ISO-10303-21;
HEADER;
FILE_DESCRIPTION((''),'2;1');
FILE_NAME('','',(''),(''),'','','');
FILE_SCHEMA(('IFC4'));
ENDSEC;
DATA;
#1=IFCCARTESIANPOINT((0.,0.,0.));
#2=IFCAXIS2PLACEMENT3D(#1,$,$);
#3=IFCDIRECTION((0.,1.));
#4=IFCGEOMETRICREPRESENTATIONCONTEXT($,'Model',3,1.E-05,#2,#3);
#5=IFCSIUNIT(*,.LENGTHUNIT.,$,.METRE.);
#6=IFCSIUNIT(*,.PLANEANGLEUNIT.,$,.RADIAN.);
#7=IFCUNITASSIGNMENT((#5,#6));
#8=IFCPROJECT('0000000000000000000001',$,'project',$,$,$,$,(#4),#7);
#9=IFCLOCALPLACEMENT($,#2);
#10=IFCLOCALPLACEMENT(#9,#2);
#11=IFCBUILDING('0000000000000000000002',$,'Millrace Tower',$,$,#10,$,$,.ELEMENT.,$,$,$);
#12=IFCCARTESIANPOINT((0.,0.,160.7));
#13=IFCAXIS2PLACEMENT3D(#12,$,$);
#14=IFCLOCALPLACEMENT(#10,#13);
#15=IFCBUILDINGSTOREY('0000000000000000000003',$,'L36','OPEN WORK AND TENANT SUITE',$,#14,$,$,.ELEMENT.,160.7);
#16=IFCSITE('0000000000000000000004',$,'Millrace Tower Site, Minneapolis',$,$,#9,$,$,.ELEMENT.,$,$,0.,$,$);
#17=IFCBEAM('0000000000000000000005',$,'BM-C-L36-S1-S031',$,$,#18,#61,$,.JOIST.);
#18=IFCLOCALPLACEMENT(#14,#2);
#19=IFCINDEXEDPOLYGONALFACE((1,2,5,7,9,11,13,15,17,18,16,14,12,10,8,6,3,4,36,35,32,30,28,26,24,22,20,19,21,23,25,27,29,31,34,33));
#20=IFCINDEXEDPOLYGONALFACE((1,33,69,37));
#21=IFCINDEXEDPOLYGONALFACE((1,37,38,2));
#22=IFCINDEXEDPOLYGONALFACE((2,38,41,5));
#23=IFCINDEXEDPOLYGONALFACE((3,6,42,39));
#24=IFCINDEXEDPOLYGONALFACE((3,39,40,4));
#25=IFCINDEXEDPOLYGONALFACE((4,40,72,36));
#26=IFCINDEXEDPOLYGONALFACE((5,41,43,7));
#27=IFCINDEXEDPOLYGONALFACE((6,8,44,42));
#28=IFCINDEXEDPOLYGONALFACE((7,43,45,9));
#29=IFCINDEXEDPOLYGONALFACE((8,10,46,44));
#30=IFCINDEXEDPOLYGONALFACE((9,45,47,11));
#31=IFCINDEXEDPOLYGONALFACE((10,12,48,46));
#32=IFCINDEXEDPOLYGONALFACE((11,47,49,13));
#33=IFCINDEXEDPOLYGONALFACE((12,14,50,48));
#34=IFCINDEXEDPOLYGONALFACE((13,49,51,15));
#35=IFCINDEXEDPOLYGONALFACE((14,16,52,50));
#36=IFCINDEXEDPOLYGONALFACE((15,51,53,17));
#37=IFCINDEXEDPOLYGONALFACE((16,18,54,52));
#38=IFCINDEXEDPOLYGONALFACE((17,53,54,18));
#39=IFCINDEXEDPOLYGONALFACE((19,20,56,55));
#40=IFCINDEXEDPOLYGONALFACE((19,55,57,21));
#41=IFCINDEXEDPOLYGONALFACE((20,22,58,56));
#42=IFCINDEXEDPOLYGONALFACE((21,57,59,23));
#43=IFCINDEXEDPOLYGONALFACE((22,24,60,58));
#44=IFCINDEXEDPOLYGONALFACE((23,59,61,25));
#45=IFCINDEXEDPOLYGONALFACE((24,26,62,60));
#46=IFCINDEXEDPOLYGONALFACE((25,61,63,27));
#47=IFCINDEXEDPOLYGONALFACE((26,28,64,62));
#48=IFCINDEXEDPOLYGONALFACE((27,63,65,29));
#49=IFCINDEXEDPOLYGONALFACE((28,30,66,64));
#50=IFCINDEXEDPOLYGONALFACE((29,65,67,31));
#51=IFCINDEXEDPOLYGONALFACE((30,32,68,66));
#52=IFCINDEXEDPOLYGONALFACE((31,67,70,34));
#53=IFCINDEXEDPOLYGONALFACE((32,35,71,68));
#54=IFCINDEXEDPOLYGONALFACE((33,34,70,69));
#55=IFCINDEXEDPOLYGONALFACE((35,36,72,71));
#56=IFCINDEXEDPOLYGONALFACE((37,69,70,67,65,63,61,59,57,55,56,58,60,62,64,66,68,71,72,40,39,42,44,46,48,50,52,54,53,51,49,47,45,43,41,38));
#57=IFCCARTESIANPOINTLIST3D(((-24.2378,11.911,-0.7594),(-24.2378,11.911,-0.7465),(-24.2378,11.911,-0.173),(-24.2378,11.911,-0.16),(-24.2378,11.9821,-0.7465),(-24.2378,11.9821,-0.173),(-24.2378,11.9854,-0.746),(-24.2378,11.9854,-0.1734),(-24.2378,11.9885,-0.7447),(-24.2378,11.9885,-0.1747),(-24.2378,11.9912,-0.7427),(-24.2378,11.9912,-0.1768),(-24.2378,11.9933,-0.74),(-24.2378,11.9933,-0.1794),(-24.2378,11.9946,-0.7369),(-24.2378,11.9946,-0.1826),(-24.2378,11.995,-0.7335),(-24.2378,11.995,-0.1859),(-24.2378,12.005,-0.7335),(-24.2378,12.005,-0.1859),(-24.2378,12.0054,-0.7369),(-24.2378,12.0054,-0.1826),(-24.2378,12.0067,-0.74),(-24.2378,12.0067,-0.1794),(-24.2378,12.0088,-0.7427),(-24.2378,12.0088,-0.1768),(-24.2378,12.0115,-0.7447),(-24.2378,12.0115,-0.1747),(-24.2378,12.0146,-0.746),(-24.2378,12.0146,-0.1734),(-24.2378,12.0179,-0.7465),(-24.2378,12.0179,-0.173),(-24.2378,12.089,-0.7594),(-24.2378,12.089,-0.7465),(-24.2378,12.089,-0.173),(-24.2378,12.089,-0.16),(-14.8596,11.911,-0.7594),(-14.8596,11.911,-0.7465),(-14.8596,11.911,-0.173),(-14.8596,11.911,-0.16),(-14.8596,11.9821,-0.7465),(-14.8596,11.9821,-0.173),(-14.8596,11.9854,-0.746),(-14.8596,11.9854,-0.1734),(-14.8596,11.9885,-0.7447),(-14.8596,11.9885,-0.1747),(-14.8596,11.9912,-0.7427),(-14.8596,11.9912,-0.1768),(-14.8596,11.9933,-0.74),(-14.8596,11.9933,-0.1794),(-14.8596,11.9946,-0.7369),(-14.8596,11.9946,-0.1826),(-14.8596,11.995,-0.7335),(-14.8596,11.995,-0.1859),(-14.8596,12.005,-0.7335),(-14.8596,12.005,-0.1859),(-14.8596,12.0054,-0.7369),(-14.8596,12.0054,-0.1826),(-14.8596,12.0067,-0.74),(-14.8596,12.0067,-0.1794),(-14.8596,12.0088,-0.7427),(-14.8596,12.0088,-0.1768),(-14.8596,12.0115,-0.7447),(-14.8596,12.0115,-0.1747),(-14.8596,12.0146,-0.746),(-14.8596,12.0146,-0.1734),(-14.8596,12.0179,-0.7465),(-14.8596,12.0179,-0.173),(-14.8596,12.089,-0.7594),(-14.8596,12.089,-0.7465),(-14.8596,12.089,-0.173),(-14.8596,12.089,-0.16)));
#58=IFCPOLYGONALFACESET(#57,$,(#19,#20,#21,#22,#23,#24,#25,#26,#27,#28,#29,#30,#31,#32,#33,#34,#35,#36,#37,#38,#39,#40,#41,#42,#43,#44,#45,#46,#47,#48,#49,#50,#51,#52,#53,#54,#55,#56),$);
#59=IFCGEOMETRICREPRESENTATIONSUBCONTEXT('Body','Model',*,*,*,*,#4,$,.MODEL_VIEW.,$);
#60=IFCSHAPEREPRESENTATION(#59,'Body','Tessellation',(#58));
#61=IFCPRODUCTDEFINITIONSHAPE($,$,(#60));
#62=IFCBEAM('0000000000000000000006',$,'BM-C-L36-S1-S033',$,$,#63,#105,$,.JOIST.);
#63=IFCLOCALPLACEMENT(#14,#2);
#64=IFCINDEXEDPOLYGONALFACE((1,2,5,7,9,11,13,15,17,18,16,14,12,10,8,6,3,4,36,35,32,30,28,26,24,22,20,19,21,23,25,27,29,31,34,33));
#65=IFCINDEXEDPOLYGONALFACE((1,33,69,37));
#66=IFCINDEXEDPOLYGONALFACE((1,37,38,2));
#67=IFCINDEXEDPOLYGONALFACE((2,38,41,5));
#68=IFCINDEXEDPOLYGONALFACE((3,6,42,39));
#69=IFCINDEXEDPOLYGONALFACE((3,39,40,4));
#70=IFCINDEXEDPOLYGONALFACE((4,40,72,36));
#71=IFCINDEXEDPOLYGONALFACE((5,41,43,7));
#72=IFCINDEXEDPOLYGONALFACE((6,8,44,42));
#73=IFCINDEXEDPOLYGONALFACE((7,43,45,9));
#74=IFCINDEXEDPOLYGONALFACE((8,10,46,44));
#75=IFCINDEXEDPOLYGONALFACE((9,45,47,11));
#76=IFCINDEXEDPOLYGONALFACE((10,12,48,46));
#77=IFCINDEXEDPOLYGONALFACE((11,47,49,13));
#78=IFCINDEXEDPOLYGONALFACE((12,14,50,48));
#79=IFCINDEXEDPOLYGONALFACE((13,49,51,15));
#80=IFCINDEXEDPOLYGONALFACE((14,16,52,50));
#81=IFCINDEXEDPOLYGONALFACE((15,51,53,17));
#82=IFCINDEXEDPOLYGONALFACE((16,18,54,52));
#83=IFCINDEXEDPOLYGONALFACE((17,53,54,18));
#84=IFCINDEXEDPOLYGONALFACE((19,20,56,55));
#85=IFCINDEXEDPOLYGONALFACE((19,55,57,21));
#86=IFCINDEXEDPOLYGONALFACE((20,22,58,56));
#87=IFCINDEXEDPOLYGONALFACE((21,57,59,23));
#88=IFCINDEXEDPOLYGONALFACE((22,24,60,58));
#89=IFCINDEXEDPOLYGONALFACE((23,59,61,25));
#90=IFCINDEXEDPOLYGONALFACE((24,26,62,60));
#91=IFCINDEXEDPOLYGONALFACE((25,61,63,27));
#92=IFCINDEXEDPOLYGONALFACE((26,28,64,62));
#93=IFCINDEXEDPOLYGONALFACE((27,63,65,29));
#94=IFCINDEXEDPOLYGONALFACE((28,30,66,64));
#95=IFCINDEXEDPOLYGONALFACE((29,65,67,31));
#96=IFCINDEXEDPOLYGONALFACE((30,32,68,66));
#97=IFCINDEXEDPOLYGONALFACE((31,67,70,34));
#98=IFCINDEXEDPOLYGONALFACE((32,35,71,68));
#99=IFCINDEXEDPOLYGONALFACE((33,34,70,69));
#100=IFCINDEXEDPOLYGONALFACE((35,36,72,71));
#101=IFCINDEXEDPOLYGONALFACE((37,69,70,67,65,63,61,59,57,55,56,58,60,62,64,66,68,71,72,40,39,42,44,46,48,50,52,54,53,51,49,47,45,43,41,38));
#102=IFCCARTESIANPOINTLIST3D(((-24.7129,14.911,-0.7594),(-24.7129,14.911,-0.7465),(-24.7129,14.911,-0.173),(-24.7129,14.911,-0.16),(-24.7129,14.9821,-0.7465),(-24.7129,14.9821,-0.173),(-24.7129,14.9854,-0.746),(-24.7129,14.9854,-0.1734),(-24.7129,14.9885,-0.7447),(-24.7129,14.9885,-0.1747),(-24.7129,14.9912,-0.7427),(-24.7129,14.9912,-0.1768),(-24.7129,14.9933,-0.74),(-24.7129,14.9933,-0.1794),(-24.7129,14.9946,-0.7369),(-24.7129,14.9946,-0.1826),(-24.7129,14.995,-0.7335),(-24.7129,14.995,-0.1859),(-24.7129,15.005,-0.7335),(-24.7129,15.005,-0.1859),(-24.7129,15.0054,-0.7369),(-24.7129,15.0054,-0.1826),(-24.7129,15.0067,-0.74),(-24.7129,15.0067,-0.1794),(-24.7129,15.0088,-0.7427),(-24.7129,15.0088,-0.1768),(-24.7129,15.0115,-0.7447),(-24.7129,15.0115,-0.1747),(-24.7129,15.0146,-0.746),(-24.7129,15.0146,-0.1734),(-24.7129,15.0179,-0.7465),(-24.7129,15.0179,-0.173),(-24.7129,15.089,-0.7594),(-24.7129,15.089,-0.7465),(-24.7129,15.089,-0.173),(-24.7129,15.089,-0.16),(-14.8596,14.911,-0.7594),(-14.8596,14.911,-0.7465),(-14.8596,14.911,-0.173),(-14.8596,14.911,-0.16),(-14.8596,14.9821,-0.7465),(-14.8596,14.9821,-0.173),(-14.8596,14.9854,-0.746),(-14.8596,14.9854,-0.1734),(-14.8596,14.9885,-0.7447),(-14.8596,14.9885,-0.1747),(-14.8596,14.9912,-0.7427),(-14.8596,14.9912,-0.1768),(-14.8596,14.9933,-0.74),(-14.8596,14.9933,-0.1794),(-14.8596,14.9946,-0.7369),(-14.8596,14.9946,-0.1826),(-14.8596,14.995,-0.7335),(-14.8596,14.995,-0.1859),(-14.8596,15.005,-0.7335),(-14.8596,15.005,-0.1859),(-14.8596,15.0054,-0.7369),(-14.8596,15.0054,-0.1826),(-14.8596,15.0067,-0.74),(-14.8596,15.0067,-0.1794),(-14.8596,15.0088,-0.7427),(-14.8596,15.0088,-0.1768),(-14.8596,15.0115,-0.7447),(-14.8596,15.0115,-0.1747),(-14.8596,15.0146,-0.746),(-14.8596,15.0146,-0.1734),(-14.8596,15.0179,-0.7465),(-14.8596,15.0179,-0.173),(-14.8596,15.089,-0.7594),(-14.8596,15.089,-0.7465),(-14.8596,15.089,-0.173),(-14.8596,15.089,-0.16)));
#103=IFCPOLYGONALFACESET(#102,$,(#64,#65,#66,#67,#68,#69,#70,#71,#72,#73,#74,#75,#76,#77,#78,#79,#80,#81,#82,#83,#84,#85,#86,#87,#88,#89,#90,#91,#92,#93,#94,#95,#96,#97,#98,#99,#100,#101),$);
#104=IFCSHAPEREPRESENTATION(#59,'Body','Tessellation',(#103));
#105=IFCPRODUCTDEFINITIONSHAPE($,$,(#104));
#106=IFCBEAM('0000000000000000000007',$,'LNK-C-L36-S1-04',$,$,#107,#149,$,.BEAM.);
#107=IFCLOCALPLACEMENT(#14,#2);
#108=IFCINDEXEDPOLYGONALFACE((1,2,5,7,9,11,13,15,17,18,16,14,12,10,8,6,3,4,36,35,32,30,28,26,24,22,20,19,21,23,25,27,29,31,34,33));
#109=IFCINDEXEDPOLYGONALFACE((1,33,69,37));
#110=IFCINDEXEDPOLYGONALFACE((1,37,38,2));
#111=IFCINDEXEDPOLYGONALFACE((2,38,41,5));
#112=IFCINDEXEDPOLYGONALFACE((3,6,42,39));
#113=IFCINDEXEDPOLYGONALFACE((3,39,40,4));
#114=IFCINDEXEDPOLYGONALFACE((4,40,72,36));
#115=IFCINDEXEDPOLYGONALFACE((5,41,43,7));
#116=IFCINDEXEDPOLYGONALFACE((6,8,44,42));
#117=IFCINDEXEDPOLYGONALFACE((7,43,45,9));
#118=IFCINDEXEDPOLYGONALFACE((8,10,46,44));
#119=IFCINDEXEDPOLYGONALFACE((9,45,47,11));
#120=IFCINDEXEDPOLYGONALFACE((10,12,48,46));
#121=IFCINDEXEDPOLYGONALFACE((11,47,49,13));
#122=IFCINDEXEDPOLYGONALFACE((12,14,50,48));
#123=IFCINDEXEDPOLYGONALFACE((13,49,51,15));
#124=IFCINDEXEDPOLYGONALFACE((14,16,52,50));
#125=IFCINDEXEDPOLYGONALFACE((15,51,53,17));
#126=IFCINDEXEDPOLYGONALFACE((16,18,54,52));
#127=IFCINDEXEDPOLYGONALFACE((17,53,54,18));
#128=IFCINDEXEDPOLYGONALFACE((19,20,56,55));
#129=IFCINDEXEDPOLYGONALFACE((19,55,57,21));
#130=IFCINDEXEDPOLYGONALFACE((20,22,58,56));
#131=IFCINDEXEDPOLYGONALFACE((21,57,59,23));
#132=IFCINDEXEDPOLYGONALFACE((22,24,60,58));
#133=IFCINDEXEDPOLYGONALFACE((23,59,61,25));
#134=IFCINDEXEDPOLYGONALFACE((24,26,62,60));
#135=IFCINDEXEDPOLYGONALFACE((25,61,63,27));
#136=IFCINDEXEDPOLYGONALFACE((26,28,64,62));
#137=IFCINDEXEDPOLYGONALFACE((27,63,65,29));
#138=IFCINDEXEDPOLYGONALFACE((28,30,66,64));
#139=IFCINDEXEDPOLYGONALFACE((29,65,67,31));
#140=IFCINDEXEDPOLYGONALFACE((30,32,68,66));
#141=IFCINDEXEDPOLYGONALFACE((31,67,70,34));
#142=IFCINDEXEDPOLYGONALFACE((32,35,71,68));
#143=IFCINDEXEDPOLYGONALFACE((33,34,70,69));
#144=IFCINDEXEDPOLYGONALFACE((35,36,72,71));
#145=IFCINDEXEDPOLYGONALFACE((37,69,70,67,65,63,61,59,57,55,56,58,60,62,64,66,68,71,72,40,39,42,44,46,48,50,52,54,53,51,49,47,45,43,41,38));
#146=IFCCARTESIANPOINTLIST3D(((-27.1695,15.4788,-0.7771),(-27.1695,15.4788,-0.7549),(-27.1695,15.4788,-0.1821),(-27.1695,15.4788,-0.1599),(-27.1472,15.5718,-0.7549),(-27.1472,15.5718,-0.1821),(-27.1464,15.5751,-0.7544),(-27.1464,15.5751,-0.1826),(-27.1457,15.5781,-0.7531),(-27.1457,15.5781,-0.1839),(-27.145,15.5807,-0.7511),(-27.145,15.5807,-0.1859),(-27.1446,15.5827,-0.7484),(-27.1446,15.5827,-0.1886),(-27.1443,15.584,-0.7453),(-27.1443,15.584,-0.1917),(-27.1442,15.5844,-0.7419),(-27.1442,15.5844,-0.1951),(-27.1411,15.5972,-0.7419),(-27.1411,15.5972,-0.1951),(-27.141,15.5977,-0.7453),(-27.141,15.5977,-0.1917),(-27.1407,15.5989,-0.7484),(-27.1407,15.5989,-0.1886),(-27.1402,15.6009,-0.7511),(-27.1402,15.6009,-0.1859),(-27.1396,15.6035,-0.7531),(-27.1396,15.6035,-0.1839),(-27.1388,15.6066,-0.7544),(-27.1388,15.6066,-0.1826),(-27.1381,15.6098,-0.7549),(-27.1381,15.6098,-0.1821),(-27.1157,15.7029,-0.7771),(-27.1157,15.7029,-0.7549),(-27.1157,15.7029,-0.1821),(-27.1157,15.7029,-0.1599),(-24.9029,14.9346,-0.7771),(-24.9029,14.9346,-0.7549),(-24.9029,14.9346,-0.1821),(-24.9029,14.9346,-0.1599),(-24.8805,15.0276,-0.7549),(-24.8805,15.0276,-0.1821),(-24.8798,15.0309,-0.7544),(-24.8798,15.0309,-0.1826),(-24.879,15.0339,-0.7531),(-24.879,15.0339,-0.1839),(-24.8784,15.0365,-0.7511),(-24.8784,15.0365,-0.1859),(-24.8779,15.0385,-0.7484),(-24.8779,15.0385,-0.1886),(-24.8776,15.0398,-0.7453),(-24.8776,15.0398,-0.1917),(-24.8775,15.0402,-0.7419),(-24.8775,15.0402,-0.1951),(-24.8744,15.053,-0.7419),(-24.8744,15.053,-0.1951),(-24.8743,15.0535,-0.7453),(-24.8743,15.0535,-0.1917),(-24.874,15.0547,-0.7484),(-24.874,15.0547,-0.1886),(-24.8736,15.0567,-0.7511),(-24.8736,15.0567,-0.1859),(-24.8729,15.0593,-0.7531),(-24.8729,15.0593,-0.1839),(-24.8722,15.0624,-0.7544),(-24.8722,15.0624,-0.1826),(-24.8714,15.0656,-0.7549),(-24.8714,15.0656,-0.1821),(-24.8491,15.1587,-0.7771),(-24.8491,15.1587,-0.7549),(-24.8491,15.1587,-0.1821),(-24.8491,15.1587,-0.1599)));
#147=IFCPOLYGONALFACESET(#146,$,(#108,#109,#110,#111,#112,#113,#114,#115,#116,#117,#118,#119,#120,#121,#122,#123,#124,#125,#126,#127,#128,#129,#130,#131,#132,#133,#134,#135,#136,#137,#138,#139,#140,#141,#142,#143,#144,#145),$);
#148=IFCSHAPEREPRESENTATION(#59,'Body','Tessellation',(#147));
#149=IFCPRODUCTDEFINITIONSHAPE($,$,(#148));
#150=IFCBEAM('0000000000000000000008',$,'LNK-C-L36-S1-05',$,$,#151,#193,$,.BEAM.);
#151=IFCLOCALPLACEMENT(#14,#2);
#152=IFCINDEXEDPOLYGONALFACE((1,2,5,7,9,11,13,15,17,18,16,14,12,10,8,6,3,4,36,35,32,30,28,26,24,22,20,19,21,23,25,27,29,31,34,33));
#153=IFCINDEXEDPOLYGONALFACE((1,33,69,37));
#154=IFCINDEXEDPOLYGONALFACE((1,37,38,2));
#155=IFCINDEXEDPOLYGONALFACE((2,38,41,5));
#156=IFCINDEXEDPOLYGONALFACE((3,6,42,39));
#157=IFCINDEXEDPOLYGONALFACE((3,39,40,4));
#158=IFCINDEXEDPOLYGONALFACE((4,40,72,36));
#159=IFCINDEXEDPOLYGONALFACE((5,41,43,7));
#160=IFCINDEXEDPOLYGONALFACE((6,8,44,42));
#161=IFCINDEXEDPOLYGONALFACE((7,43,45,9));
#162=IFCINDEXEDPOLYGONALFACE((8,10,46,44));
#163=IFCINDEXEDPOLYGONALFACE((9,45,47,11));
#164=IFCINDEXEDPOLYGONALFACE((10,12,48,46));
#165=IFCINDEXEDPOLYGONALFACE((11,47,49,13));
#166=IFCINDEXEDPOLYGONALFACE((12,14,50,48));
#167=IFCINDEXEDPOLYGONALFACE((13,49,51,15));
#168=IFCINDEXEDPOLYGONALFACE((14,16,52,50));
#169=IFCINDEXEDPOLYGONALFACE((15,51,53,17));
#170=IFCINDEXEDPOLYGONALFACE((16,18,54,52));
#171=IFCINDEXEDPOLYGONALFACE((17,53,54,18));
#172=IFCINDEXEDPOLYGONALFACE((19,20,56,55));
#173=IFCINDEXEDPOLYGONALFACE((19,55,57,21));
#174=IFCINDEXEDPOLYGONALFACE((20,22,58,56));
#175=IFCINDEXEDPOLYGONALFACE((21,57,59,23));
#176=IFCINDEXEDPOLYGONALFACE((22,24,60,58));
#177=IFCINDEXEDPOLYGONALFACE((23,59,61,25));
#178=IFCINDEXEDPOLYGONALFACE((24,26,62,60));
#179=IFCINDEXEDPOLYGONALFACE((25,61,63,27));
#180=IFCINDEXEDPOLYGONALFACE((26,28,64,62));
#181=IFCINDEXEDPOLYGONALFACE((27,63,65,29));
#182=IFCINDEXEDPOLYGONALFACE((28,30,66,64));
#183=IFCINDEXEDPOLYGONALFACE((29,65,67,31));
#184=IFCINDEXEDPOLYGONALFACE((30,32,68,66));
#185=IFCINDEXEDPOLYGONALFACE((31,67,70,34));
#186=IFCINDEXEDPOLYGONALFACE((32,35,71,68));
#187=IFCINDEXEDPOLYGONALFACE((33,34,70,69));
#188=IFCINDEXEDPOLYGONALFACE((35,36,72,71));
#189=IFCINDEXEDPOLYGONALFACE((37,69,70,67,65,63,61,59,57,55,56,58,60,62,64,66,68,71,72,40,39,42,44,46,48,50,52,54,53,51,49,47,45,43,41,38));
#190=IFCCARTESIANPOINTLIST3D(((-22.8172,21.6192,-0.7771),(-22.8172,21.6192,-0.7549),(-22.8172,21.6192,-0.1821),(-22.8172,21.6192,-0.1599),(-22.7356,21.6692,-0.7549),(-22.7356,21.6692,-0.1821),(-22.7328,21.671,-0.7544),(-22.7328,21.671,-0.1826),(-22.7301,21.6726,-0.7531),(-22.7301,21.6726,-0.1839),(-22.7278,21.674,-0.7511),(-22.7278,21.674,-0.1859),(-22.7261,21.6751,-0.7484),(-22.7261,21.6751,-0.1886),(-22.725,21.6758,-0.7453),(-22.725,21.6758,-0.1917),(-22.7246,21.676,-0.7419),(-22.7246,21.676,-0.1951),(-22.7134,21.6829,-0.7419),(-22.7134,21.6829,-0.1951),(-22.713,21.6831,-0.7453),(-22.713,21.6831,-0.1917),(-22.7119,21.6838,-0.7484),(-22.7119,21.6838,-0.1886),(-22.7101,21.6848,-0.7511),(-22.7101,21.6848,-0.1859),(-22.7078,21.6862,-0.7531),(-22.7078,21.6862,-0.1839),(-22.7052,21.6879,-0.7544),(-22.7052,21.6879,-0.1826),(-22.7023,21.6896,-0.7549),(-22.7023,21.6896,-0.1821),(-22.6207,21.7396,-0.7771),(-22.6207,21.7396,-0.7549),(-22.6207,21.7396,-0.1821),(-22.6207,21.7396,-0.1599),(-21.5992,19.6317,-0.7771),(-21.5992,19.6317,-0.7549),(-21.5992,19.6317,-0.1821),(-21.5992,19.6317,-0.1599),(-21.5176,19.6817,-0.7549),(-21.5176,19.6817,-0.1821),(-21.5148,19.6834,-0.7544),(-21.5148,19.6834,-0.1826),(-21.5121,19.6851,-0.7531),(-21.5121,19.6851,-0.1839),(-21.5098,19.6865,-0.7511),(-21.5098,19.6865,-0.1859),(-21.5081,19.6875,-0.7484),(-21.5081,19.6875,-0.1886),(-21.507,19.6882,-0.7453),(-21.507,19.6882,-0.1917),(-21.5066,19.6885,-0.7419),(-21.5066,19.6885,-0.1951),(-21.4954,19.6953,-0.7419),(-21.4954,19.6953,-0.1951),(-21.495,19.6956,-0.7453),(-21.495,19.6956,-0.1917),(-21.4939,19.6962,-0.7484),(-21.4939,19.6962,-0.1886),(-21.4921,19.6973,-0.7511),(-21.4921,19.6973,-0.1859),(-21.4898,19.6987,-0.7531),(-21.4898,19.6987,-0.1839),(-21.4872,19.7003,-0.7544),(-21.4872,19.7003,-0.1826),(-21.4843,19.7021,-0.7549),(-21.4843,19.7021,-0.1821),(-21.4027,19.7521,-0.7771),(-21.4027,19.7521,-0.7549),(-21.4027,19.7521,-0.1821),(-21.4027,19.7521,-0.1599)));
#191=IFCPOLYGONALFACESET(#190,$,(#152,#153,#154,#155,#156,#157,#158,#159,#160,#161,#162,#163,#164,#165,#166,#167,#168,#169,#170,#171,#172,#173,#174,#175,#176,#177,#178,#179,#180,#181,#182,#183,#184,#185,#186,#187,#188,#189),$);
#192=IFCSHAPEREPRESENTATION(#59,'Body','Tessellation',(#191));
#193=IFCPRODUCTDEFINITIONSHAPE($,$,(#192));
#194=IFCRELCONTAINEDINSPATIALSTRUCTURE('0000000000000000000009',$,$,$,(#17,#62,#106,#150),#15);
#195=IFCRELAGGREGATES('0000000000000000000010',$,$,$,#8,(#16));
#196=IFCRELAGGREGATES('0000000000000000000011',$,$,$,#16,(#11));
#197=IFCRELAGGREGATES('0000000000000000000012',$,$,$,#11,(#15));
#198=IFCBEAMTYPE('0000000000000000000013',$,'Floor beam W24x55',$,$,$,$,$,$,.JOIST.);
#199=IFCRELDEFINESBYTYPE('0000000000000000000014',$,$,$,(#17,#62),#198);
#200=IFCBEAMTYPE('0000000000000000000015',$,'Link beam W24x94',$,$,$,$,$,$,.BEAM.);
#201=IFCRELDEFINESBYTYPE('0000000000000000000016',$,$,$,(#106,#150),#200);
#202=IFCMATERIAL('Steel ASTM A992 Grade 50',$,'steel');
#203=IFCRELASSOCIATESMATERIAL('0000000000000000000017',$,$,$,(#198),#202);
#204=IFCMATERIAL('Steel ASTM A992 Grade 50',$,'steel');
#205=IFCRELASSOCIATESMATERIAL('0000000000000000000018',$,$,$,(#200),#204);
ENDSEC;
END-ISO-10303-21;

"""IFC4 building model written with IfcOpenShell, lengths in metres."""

from ifc_helpers import new_model, si_unit, direction, frame, origin, origin_2d, place, context, subcontext, project, spatial, i_section, extrude, material, material_profile, profile_set, type_object, element, save


model = new_model("IFC4")

# Units and contexts
model_context = context("Model", 3, precision=1e-05, world=origin(), true_north=direction((0.0, 1.0)))
body_context = subcontext(model_context, "Body", "Model", "MODEL_VIEW")
ifc_project = project(units=[si_unit("LENGTHUNIT", "METRE"), si_unit("PLANEANGLEUNIT", "RADIAN")], contexts=[model_context])

# Site, building, storey
site_placement = place(None, origin())
site = spatial("IfcSite", under=ifc_project, at=site_placement, Name="Millrace Tower Site, Minneapolis", CompositionType="ELEMENT", RefElevation=0.0)
building_placement = place(site_placement, origin())
building = spatial("IfcBuilding", under=site, at=building_placement, Name="Millrace Tower", CompositionType="ELEMENT")
storey_placement = place(building_placement, frame((0.0, 0.0, 160.7)))
storey = spatial("IfcBuildingStorey", under=building, at=storey_placement, Name="L36", Description="OPEN WORK AND TENANT SUITE", CompositionType="ELEMENT", Elevation=160.7)

# Beams
ifc_material_1 = material(Name="Steel ASTM A992 Grade 50", Category="steel")
ifc_material_profile_1 = material_profile(ifc_material_1, i_section(OverallWidth=0.178, OverallDepth=0.5994, WebThickness=0.01, FlangeThickness=0.0129, FilletRadius=0.0129, at=origin_2d()))
ifc_profile_set_1 = profile_set([ifc_material_profile_1], Name="Steel ASTM A992 Grade 50")
beam_type_1 = type_object("IfcBeamType", Name="Floor beam W24x55", PredefinedType="JOIST", material=ifc_profile_set_1)
beam_1_placement = place(storey_placement, frame((-24.2378, 12.0, -0.4597), z_axis=(1.0, 0.0, 0.0), x_axis=(0.0, 1.0, 0.0)))
element("IfcBeam", 1, at=beam_1_placement, inside=storey, type_object=beam_type_1, Name="BM-C-L36-S1-S031", PredefinedType="JOIST", context=body_context, shape_type="SweptSolid", body=[
    extrude(i_section(OverallWidth=0.178, OverallDepth=0.5994, WebThickness=0.01, FlangeThickness=0.0129, FilletRadius=0.0129, at=origin_2d()), origin(), (0.0, 0.0, 1.0), 9.3782),
])
beam_2_placement = place(storey_placement, frame((-24.7129, 15.0, -0.4597), z_axis=(1.0, 0.0, 0.0), x_axis=(0.0, 1.0, 0.0)))
element("IfcBeam", 2, at=beam_2_placement, inside=storey, type_object=beam_type_1, Name="BM-C-L36-S1-S033", PredefinedType="JOIST", context=body_context, shape_type="SweptSolid", body=[
    extrude(i_section(OverallWidth=0.178, OverallDepth=0.5994, WebThickness=0.01, FlangeThickness=0.0129, FilletRadius=0.0129, at=origin_2d()), origin(), (0.0, 0.0, 1.0), 9.8533),
])
ifc_material_2 = material(Name="Steel ASTM A992 Grade 50", Category="steel")
ifc_material_profile_2 = material_profile(ifc_material_2, i_section(OverallWidth=0.2305, OverallDepth=0.6172, WebThickness=0.0132, FlangeThickness=0.0222, FilletRadius=0.0129, at=origin_2d()))
ifc_profile_set_2 = profile_set([ifc_material_profile_2], Name="Steel ASTM A992 Grade 50")
beam_type_2 = type_object("IfcBeamType", Name="Link beam W24x94", PredefinedType="BEAM", material=ifc_profile_set_2)
for number, where, z_axis, x_axis, name in (
    (3, (-24.876, 15.0466, -0.4685), (-0.972367, 0.233456, 0.0), (-0.233456, -0.972367, 0.0), "LNK-C-L36-S1-04"),
    (4, (-21.501, 19.6919, -0.4685), (-0.522513, 0.852631, 0.0), (-0.852631, -0.522513, 0.0), "LNK-C-L36-S1-05"),
):
    element("IfcBeam", number, at=place(storey_placement, frame(where, z_axis=z_axis, x_axis=x_axis)), inside=storey, type_object=beam_type_2, Name=name, PredefinedType="BEAM", context=body_context, shape_type="SweptSolid", body=[
        extrude(i_section(OverallWidth=0.2305, OverallDepth=0.6172, WebThickness=0.0132, FlangeThickness=0.0222, FilletRadius=0.0129, at=origin_2d()), origin(), (0.0, 0.0, 1.0), 2.3311),
    ])

save(model, "model.ifc")
